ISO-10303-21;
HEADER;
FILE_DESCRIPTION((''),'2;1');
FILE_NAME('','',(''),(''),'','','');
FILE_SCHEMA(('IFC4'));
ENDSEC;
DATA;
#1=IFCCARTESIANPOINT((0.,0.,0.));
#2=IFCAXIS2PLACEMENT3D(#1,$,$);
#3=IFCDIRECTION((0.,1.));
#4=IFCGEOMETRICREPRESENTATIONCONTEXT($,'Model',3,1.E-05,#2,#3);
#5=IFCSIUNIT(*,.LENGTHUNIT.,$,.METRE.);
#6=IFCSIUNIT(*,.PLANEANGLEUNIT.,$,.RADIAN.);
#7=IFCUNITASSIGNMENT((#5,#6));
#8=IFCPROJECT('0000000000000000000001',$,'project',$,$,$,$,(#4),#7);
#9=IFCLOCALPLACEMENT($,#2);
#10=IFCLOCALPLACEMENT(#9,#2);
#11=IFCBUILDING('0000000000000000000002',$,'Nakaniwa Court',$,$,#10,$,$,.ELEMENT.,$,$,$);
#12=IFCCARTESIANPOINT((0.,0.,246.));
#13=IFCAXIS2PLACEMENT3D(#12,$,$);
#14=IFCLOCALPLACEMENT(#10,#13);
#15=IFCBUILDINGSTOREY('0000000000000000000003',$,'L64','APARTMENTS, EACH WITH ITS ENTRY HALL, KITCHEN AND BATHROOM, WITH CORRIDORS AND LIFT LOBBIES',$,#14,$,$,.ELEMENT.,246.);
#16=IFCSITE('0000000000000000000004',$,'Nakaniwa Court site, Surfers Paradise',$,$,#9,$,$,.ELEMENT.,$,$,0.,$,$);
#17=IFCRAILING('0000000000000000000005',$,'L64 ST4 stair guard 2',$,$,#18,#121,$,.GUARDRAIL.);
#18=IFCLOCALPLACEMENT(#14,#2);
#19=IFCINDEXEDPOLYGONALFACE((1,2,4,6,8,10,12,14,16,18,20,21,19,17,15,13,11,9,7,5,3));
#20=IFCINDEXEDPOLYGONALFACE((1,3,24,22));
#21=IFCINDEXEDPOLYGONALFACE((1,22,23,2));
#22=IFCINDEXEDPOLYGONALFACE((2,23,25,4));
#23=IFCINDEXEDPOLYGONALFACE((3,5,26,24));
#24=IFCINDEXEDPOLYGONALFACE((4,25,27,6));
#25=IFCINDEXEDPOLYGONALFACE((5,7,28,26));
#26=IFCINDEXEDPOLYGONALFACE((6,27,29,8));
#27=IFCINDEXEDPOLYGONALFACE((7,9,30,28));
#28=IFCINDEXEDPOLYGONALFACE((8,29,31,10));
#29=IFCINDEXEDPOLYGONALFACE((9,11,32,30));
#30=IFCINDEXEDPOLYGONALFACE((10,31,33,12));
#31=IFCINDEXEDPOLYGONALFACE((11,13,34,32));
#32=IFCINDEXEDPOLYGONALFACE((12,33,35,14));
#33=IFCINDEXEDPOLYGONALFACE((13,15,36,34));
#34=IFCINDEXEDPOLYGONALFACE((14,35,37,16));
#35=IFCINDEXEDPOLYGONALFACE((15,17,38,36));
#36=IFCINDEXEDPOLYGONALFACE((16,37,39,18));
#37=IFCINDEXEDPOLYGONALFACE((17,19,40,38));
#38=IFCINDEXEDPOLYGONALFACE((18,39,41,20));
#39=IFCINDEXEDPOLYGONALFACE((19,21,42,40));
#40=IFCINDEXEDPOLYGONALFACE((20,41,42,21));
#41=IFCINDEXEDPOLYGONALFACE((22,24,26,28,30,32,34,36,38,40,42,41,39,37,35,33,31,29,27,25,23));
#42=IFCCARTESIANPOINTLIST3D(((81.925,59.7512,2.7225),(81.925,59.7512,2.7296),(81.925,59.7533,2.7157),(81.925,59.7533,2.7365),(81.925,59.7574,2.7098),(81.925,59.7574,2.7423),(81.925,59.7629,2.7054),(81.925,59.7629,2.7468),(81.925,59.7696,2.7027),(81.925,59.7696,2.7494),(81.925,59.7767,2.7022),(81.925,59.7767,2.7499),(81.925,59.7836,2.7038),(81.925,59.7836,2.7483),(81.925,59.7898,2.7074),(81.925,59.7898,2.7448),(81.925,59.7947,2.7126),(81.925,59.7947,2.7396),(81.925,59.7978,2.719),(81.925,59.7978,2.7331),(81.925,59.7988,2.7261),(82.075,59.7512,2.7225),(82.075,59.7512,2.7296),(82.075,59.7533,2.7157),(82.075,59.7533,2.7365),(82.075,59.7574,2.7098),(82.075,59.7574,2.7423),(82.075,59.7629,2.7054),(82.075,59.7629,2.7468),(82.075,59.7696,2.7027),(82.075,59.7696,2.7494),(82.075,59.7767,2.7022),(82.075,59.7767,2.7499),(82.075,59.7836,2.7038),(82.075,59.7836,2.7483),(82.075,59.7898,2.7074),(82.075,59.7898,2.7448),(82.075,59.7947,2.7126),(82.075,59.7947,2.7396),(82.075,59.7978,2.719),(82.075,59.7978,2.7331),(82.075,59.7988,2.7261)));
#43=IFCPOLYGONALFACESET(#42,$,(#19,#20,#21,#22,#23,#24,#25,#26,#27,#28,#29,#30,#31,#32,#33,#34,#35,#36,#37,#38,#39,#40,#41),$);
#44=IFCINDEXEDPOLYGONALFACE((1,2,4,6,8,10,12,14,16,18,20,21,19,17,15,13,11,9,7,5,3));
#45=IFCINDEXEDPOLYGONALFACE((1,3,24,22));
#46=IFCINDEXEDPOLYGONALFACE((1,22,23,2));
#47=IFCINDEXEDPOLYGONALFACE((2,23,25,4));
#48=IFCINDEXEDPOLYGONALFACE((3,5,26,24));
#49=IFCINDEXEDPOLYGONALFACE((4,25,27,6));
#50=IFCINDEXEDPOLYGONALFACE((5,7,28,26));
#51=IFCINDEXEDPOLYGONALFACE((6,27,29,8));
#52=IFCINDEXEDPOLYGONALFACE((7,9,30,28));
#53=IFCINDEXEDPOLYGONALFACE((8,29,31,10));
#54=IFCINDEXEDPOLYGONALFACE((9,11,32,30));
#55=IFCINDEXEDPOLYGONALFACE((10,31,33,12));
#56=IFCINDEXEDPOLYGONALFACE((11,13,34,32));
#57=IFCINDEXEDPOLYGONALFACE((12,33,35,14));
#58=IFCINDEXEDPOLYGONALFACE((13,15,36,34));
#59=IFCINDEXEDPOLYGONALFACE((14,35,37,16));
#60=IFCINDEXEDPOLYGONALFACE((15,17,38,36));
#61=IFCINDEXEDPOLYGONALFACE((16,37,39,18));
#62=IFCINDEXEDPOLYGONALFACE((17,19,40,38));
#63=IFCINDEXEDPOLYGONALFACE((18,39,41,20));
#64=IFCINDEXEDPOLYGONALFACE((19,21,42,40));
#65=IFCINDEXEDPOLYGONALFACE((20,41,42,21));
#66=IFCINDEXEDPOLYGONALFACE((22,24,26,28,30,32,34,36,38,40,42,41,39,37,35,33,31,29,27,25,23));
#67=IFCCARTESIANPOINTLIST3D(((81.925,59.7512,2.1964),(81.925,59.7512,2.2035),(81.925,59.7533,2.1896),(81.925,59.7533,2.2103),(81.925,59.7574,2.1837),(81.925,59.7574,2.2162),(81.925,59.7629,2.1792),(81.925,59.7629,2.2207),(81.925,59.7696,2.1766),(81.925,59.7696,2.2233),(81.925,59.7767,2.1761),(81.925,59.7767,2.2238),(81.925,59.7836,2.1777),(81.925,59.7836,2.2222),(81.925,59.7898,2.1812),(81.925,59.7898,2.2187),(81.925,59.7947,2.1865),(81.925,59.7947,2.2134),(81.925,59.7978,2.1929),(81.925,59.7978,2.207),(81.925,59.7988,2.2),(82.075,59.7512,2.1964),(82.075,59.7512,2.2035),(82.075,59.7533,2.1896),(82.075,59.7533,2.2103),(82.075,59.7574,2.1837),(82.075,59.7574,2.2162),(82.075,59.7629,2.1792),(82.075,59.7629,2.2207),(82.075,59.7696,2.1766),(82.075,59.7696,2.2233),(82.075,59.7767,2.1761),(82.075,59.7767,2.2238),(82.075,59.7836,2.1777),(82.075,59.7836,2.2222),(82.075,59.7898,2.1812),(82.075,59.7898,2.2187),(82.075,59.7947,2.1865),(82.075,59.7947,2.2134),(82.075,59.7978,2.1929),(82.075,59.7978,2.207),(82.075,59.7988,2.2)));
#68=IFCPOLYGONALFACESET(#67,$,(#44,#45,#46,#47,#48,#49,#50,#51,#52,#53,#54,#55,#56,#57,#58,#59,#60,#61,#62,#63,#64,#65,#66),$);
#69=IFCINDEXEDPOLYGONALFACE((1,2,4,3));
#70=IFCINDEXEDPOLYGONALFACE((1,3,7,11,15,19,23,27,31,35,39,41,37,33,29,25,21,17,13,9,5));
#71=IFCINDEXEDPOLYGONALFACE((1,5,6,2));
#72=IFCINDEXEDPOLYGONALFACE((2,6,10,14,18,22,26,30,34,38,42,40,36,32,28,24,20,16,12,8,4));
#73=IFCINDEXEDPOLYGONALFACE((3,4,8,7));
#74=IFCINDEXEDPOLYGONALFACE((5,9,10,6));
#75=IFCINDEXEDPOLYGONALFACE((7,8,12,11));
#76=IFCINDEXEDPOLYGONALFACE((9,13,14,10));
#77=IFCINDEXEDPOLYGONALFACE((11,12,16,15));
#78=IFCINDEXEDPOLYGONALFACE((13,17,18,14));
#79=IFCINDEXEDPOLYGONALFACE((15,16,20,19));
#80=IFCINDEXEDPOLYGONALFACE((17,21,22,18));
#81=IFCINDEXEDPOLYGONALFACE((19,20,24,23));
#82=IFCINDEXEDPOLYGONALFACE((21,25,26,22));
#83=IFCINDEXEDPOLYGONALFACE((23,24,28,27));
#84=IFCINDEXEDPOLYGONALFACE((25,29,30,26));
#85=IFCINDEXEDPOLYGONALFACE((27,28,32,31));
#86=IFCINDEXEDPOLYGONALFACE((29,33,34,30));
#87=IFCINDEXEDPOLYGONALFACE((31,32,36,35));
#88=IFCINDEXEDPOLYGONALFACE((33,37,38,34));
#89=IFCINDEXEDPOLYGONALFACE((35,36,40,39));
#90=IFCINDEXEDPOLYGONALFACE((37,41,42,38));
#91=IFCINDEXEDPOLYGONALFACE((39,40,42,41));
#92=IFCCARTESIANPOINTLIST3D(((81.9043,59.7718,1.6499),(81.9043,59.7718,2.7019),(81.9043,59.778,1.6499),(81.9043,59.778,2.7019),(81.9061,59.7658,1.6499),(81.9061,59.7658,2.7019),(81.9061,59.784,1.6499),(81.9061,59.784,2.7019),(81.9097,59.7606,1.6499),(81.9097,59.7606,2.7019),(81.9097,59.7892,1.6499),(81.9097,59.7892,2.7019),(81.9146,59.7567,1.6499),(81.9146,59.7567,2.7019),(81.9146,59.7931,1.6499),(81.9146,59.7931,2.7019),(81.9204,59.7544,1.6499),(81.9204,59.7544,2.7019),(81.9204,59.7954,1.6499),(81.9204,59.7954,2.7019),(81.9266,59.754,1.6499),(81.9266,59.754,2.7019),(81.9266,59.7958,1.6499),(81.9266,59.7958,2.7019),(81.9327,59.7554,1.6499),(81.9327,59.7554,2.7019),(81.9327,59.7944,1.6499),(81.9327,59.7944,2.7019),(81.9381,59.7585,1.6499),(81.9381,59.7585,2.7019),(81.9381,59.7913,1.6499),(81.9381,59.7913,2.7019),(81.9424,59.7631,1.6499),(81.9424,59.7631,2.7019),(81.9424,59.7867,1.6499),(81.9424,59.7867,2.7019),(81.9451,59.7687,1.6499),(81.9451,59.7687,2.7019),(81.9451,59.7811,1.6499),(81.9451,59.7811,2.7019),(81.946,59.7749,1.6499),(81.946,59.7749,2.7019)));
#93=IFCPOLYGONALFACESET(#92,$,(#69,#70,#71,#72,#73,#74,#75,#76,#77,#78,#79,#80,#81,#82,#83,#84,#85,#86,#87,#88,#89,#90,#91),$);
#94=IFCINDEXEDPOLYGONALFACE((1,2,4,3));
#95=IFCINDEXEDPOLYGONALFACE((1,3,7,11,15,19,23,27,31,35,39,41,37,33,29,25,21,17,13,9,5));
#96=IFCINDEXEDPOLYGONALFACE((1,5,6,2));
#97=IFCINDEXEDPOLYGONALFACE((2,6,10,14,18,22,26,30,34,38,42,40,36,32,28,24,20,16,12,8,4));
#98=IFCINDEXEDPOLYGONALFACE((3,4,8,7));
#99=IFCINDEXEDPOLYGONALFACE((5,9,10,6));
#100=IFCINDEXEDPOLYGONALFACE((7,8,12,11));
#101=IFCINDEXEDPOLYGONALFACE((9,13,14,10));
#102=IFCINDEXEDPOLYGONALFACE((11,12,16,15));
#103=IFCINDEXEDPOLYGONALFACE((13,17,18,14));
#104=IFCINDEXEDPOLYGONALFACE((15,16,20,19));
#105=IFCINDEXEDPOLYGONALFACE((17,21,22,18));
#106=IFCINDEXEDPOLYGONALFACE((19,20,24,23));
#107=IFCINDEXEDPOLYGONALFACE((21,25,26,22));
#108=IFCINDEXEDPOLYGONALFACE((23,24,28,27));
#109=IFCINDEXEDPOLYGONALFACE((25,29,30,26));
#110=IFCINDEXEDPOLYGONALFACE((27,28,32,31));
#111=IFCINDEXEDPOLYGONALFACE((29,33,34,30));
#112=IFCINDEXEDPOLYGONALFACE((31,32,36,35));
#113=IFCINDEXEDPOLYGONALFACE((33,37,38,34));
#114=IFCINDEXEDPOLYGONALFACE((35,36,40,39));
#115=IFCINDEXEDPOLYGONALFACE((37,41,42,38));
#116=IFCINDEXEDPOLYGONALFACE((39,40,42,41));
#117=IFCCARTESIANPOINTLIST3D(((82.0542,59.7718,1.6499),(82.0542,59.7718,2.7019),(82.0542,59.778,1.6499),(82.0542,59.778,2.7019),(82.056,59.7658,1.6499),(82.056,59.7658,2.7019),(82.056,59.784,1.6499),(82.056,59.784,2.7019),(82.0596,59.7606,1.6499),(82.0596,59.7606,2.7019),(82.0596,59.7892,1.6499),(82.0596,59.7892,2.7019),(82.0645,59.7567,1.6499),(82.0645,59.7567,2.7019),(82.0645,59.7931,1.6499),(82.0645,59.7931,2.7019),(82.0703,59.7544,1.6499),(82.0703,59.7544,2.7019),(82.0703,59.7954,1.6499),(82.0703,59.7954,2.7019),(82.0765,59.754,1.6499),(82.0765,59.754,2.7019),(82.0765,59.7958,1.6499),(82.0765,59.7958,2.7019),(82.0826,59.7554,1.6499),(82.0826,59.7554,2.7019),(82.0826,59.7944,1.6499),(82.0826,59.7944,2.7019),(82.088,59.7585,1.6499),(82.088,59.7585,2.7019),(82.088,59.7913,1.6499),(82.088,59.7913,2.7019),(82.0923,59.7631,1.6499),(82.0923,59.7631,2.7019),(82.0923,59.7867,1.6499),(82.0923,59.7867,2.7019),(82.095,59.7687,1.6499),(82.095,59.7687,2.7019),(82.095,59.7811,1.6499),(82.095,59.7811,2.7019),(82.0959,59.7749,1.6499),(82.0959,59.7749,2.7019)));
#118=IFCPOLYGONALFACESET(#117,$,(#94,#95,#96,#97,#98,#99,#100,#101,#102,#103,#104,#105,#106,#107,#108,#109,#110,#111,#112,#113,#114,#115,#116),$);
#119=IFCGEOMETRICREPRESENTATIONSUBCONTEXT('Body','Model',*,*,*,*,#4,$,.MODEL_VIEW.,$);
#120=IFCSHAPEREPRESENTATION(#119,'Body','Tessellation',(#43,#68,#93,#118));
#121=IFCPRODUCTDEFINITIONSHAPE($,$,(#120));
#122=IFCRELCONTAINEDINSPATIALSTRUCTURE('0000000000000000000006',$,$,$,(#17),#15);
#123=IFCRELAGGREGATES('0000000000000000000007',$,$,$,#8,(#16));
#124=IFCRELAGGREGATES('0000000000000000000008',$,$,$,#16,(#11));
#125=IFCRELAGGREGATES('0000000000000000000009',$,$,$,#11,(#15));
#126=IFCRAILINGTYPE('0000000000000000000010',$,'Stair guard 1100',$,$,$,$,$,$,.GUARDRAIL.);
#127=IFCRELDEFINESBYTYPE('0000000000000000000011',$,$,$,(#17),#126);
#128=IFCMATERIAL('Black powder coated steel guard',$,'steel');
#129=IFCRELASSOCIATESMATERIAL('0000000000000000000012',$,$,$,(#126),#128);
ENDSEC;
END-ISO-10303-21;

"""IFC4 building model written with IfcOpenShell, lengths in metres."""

from ifc_helpers import new_model, si_unit, direction, frame, origin, origin_2d, place, context, subcontext, project, spatial, circle, extrude, material, type_object, element, save


model = new_model("IFC4")

# Units and contexts
model_context = context("Model", 3, precision=1e-05, world=origin(), true_north=direction((0.0, 1.0)))
body_context = subcontext(model_context, "Body", "Model", "MODEL_VIEW")
ifc_project = project(units=[si_unit("LENGTHUNIT", "METRE"), si_unit("PLANEANGLEUNIT", "RADIAN")], contexts=[model_context])

# Site, building, storey
site_placement = place(None, origin())
site = spatial("IfcSite", under=ifc_project, at=site_placement, Name="Nakaniwa Court site, Surfers Paradise", CompositionType="ELEMENT", RefElevation=0.0)
building_placement = place(site_placement, origin())
building = spatial("IfcBuilding", under=site, at=building_placement, Name="Nakaniwa Court", CompositionType="ELEMENT")
storey_placement = place(building_placement, frame((0.0, 0.0, 246.0)))
storey = spatial("IfcBuildingStorey", under=building, at=storey_placement, Name="L64", Description="APARTMENTS, EACH WITH ITS ENTRY HALL, KITCHEN AND BATHROOM, WITH CORRIDORS AND LIFT LOBBIES", CompositionType="ELEMENT", Elevation=246.0)

# Railing
ifc_material_1 = material(Name="Black powder coated steel guard", Category="steel")
railing_type_1 = type_object("IfcRailingType", Name="Stair guard 1100", PredefinedType="GUARDRAIL", material=ifc_material_1)
railing_1_placement = place(storey_placement, frame((81.925, 59.7749, 1.6499)))
element("IfcRailing", 1, at=railing_1_placement, inside=storey, type_object=railing_type_1, Name="L64 ST4 stair guard 2", PredefinedType="GUARDRAIL", context=body_context, shape_type="SweptSolid", body=[
    extrude(circle(Radius=0.0239, at=origin_2d()), frame((0.0, 0.0, 1.0762), z_axis=(1.0, 0.0, 0.0), x_axis=(0.0, 1.0, 0.0)), (0.0, 0.0, 1.0), 0.1499),
    extrude(circle(Radius=0.0239, at=origin_2d()), frame((0.0, 0.0, 0.55), z_axis=(1.0, 0.0, 0.0), x_axis=(0.0, 1.0, 0.0)), (0.0, 0.0, 1.0), 0.1499),
    extrude(circle(Radius=0.021, at=origin_2d()), origin(), (0.0, 0.0, 1.0), 1.052),
    extrude(circle(Radius=0.021, at=origin_2d()), frame((0.1499, 0.0, 0.0)), (0.0, 0.0, 1.0), 1.052),
])

save(model, "model.ifc")
